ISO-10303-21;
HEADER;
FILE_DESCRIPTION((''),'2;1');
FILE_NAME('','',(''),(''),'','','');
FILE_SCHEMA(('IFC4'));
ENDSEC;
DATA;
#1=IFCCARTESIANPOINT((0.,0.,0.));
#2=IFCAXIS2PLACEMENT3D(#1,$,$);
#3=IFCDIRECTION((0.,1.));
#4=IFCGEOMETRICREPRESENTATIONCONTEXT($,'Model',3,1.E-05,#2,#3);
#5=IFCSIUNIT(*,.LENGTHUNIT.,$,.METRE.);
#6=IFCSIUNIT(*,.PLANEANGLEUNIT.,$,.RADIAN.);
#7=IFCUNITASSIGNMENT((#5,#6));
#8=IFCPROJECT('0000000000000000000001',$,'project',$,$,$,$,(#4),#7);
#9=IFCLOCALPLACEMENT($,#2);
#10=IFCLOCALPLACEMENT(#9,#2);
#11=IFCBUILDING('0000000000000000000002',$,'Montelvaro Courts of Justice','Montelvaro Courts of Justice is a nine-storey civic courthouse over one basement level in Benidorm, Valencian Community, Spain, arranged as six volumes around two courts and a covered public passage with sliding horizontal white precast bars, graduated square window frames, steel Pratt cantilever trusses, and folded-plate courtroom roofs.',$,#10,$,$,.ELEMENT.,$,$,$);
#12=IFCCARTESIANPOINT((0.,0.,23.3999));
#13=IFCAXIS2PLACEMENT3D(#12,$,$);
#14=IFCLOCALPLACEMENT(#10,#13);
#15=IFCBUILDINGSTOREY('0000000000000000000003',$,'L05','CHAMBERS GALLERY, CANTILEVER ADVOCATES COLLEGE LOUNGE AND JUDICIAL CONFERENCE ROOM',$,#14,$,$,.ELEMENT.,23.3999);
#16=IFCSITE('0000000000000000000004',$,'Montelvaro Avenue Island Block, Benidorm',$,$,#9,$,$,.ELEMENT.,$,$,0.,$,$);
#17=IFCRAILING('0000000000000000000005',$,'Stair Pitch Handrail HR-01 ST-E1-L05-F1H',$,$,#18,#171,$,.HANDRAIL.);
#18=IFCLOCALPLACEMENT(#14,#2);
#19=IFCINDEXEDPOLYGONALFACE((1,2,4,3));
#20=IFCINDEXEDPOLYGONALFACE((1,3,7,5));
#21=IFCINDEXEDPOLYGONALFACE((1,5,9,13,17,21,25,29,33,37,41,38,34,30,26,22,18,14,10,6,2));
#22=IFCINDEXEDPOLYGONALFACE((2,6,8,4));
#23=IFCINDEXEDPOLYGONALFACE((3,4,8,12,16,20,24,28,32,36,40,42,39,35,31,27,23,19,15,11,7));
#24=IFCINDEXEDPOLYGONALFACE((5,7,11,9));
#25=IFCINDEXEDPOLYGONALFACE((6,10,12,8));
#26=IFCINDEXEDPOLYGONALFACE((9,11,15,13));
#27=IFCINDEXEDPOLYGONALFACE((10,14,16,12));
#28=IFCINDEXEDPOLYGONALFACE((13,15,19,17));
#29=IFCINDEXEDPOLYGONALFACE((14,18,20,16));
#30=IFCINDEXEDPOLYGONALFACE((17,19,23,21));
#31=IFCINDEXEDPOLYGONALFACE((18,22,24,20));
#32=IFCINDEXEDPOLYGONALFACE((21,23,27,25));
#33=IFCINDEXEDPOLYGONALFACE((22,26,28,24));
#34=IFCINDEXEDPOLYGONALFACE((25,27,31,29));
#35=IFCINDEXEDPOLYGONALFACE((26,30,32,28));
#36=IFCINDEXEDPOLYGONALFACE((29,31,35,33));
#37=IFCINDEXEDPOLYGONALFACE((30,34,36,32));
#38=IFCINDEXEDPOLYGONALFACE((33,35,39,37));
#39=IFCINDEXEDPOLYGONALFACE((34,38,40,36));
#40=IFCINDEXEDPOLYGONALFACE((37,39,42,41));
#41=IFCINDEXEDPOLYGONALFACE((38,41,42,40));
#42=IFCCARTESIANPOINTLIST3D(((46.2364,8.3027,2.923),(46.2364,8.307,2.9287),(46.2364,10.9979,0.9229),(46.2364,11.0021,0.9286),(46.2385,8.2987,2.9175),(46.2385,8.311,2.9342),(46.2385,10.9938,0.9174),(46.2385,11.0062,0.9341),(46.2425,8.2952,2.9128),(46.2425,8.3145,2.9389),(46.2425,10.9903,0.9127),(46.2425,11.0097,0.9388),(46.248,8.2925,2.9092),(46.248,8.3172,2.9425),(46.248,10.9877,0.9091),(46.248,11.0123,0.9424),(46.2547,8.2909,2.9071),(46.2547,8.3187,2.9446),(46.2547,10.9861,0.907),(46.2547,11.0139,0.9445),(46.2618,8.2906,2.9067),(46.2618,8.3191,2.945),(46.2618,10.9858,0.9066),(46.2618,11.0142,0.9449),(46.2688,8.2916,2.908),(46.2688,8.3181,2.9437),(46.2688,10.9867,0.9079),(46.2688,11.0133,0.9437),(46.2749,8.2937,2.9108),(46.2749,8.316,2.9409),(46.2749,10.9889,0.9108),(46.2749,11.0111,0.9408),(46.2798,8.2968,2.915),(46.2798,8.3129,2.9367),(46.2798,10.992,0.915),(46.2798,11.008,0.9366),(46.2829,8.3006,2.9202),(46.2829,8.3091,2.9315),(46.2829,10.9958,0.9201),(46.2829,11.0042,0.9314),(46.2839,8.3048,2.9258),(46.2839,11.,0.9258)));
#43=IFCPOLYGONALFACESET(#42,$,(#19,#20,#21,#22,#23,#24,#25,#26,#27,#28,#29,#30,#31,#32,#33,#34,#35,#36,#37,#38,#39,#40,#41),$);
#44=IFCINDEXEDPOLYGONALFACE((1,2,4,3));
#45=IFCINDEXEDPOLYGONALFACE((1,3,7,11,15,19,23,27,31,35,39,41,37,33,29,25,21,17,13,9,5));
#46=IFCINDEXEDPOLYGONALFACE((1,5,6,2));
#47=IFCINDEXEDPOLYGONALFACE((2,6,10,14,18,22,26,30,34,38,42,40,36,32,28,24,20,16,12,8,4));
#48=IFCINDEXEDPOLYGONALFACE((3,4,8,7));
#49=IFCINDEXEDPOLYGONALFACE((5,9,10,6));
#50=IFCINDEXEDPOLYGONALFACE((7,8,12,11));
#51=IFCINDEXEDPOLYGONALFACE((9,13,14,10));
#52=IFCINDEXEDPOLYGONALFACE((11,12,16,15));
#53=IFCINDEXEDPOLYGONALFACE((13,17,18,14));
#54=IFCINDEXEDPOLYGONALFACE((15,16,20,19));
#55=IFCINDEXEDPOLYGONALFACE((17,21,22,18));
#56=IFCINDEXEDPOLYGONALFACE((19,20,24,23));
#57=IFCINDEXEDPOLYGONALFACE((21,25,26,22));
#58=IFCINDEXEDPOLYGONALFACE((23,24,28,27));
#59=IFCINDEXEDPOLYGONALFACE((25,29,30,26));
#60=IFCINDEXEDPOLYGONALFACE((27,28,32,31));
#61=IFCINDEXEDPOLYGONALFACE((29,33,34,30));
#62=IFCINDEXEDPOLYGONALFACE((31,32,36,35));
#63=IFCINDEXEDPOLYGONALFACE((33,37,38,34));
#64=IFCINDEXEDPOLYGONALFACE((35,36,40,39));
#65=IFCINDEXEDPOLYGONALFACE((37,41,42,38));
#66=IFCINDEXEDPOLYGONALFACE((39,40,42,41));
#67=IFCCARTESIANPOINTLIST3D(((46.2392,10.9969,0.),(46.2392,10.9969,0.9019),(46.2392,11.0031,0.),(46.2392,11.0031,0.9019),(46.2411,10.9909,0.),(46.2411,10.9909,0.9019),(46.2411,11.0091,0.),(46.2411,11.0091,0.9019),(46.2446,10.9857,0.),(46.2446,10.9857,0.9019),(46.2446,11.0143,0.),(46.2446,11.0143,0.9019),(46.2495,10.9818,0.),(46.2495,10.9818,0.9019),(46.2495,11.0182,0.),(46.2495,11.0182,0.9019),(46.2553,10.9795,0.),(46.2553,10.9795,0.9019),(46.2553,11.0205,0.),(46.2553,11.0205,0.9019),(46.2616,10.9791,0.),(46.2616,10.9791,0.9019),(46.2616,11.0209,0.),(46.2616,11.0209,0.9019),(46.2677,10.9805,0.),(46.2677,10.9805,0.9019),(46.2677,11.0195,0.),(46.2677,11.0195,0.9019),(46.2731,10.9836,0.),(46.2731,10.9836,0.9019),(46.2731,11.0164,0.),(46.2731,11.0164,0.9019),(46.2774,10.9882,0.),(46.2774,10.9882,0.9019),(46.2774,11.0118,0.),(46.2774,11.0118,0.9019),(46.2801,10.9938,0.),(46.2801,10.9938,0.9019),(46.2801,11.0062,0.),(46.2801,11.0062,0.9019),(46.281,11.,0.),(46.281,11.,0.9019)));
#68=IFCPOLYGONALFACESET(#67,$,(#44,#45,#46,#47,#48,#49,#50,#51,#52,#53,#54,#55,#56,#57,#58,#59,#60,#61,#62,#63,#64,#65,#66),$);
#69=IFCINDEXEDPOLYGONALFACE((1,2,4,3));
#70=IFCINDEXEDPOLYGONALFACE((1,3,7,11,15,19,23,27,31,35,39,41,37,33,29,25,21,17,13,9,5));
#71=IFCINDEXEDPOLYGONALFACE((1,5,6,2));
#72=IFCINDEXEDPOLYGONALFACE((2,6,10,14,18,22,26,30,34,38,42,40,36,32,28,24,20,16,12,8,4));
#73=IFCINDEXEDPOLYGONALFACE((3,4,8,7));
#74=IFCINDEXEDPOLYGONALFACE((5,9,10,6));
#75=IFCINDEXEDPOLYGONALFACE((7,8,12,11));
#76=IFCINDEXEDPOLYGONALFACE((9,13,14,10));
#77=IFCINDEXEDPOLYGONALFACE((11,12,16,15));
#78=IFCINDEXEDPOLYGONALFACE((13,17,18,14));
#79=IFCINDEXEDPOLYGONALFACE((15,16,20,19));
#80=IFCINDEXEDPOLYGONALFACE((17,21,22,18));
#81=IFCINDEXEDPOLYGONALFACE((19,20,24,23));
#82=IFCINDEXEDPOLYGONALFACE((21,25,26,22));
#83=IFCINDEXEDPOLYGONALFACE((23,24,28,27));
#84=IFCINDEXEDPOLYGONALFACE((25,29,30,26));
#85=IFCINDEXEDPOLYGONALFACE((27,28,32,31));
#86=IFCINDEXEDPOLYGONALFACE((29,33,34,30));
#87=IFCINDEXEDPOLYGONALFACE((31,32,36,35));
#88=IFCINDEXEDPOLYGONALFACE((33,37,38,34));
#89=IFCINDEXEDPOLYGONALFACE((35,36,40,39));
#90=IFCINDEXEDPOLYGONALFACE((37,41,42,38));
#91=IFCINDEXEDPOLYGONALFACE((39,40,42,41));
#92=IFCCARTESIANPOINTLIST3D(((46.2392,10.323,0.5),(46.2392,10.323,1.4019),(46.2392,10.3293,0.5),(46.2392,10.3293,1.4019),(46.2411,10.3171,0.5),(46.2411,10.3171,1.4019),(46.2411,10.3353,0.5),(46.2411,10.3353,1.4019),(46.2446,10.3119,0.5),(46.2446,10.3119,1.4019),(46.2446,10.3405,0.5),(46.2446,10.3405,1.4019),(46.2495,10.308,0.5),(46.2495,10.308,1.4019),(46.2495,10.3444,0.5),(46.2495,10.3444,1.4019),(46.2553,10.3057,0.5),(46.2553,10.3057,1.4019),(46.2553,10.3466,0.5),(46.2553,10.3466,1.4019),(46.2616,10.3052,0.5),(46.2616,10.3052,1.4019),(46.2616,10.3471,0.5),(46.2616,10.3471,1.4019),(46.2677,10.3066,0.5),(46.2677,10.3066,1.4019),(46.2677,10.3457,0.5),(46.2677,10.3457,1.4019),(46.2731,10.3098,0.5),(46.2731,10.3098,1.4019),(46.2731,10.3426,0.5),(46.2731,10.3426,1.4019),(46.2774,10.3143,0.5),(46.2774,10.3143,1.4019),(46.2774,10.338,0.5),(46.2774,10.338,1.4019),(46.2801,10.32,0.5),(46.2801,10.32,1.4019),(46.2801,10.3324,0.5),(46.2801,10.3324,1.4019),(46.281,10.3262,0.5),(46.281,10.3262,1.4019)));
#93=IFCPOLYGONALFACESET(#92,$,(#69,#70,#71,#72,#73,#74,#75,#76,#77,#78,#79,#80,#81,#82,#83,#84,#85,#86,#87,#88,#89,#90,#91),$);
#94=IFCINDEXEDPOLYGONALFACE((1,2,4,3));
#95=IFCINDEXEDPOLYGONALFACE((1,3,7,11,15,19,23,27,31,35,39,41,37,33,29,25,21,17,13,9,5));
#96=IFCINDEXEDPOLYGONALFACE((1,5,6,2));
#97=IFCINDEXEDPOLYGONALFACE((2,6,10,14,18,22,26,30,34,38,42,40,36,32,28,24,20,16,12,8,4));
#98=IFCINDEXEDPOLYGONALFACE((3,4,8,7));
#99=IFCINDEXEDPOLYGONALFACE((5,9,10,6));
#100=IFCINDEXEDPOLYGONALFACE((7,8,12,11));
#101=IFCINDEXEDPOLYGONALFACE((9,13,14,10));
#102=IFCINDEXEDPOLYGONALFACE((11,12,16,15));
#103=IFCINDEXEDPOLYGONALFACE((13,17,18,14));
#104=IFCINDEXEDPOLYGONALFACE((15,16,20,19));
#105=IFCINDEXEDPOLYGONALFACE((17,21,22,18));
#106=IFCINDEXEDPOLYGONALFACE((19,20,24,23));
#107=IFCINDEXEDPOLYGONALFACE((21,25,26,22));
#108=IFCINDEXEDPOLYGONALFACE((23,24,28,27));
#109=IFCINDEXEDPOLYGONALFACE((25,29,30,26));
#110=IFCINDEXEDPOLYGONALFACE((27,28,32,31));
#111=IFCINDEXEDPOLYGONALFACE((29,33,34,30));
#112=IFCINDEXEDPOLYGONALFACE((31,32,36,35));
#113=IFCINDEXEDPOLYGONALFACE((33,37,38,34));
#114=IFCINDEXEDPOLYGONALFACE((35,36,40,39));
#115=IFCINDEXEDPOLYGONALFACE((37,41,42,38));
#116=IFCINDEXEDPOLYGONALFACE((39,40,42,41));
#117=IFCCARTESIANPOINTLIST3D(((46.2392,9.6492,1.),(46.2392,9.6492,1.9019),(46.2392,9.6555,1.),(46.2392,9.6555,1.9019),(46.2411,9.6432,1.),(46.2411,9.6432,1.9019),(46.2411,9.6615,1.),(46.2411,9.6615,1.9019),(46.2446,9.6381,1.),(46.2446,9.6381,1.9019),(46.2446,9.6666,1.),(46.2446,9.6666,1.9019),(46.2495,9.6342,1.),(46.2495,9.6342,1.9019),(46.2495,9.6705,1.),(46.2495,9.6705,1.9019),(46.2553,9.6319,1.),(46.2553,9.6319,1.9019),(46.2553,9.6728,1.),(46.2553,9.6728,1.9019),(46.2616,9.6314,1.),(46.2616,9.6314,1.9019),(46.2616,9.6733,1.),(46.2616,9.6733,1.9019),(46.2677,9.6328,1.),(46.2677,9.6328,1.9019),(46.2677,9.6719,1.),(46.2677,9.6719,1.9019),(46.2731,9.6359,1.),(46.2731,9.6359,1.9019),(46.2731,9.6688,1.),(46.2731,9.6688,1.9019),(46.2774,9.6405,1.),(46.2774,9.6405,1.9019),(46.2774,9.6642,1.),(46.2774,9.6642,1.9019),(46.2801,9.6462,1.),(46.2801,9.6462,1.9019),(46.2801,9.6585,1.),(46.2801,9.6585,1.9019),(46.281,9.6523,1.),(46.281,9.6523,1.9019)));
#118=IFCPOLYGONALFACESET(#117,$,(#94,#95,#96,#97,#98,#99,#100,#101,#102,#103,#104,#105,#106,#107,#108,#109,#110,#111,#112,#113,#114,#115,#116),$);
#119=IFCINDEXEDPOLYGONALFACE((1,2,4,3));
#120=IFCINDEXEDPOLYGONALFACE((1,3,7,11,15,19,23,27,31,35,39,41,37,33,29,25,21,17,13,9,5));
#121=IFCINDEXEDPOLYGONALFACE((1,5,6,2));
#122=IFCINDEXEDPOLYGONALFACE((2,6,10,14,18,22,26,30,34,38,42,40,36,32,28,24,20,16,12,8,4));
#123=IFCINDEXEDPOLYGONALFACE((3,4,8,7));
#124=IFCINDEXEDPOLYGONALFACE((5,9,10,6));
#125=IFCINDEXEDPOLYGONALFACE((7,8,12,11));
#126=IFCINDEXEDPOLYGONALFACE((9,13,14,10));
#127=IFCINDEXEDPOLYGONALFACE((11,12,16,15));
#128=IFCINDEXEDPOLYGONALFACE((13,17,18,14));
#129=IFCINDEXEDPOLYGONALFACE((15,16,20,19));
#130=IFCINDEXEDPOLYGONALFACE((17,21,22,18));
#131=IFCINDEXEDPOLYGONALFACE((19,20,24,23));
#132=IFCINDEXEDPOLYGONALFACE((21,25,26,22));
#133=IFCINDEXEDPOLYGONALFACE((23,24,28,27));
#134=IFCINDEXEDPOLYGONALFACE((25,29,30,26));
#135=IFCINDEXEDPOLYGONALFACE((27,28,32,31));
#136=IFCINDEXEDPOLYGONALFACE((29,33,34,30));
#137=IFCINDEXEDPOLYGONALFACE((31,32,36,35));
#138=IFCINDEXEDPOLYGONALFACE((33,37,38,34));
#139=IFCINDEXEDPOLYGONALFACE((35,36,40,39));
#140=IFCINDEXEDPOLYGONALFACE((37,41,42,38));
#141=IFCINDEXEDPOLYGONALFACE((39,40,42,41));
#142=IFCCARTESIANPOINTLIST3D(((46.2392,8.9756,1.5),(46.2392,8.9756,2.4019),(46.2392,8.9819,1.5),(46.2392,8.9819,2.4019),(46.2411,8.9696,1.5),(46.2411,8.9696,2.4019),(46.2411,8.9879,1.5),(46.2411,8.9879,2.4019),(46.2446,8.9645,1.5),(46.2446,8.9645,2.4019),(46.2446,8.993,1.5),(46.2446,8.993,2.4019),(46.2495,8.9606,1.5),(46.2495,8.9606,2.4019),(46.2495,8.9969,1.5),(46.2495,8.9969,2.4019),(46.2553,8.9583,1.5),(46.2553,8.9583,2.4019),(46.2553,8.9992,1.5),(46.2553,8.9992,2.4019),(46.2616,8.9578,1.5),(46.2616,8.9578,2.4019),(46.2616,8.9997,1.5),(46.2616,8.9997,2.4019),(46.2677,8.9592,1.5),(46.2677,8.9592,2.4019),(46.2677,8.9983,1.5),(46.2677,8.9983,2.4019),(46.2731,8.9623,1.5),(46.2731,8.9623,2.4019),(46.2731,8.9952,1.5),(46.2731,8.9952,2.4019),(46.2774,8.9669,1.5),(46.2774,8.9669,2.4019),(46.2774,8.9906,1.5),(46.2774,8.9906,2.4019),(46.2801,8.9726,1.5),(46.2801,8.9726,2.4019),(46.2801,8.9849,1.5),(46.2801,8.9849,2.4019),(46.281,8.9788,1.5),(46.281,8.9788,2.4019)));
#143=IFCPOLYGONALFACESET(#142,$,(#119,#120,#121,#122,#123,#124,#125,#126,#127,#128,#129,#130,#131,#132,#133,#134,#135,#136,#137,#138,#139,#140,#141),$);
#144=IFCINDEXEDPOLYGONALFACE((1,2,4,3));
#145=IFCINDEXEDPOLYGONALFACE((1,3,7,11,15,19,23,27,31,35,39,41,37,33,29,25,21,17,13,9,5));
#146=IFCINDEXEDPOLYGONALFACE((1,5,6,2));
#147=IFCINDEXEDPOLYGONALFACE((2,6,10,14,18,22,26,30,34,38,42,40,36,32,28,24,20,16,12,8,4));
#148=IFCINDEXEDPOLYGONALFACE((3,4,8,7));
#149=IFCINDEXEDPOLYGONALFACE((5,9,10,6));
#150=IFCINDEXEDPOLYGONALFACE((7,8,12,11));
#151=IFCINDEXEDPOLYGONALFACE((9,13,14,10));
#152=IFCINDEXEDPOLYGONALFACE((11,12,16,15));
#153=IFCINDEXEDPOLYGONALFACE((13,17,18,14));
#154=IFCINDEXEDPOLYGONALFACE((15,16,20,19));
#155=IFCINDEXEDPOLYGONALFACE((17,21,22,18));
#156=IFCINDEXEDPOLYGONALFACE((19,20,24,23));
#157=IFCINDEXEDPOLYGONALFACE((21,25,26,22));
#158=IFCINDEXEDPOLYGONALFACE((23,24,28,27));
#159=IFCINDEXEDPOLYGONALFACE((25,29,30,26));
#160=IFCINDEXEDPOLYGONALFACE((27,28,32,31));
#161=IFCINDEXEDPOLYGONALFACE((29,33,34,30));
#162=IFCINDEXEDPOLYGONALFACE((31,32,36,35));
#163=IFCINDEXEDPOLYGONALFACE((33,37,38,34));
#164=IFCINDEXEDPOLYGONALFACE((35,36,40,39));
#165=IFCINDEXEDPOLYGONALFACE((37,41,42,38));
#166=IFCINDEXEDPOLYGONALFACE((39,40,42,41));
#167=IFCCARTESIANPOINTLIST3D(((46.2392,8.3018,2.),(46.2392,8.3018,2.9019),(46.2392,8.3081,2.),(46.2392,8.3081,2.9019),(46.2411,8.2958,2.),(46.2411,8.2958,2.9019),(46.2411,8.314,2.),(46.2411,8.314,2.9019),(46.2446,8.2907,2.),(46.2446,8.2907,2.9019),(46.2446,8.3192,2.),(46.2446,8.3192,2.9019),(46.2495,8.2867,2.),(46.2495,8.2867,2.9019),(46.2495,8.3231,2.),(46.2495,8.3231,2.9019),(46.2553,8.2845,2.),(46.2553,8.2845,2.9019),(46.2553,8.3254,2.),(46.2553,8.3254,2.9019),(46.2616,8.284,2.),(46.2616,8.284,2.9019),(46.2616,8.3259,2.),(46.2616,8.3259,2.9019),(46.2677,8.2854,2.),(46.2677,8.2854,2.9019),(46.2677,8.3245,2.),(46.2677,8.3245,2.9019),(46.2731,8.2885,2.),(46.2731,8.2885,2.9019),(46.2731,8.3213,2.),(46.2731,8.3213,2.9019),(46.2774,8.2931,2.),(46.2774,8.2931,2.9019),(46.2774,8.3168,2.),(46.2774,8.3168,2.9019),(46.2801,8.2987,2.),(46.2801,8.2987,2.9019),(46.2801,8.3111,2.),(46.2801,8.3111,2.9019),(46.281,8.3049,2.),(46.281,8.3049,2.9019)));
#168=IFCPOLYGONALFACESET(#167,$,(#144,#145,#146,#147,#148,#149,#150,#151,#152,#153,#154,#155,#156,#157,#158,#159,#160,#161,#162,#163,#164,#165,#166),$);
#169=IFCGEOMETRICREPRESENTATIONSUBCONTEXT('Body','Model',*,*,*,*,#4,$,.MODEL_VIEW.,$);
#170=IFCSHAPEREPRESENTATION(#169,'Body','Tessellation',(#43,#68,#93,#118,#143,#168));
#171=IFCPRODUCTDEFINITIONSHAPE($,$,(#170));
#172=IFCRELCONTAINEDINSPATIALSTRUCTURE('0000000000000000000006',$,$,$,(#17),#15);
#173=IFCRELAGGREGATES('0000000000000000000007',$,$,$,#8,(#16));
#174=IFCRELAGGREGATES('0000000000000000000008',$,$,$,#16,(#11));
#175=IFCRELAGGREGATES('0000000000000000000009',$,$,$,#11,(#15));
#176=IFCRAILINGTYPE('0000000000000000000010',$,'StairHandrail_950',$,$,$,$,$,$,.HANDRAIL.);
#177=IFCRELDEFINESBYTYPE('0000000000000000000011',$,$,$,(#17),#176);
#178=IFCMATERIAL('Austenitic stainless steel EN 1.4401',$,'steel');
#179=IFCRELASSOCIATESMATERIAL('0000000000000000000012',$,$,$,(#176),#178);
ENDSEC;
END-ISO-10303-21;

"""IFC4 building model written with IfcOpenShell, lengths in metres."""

from ifc_helpers import new_model, si_unit, direction, frame, origin, origin_2d, place, context, subcontext, project, spatial, circle, extrude, material, type_object, element, save


model = new_model("IFC4")

# Units and contexts
model_context = context("Model", 3, precision=1e-05, world=origin(), true_north=direction((0.0, 1.0)))
body_context = subcontext(model_context, "Body", "Model", "MODEL_VIEW")
ifc_project = project(units=[si_unit("LENGTHUNIT", "METRE"), si_unit("PLANEANGLEUNIT", "RADIAN")], contexts=[model_context])

# Site, building, storey
site_placement = place(None, origin())
site = spatial("IfcSite", under=ifc_project, at=site_placement, Name="Montelvaro Avenue Island Block, Benidorm", CompositionType="ELEMENT", RefElevation=0.0)
building_placement = place(site_placement, origin())
building = spatial("IfcBuilding", under=site, at=building_placement, Name="Montelvaro Courts of Justice", Description="Montelvaro Courts of Justice is a nine-storey civic courthouse over one basement level in Benidorm, Valencian Community, Spain, arranged as six volumes around two courts and a covered public passage with sliding horizontal white precast bars, graduated square window frames, steel Pratt cantilever trusses, and folded-plate courtroom roofs.", CompositionType="ELEMENT")
storey_placement = place(building_placement, frame((0.0, 0.0, 23.3999)))
storey = spatial("IfcBuildingStorey", under=building, at=storey_placement, Name="L05", Description="CHAMBERS GALLERY, CANTILEVER ADVOCATES COLLEGE LOUNGE AND JUDICIAL CONFERENCE ROOM", CompositionType="ELEMENT", Elevation=23.3999)

# Railing
ifc_material_1 = material(Name="Austenitic stainless steel EN 1.4401", Category="steel")
railing_type_1 = type_object("IfcRailingType", Name="StairHandrail_950", PredefinedType="HANDRAIL", material=ifc_material_1)
railing_1_placement = place(storey_placement, frame((46.26, 11.0, 0.0)))
element("IfcRailing", 1, at=railing_1_placement, inside=storey, type_object=railing_type_1, Name="Stair Pitch Handrail HR-01 ST-E1-L05-F1H", PredefinedType="HANDRAIL", context=body_context, shape_type="SweptSolid", body=[
    extrude(circle(Radius=0.0239, at=origin_2d()), frame((0.0, 0.0, 0.9258), z_axis=(0.0, -0.803036, 0.59593), x_axis=(1.0, 0.0, 0.0)), (0.0, 0.0, 1.0), 3.3562),
    extrude(circle(Radius=0.021, at=origin_2d()), origin(), (0.0, 0.0, 1.0), 0.9019),
    extrude(circle(Radius=0.021, at=origin_2d()), frame((0.0, -0.6738, 0.5)), (0.0, 0.0, 1.0), 0.9019),
    extrude(circle(Radius=0.021, at=origin_2d()), frame((0.0, -1.3477, 1.0)), (0.0, 0.0, 1.0), 0.9019),
    extrude(circle(Radius=0.021, at=origin_2d()), frame((0.0, -2.0212, 1.5)), (0.0, 0.0, 1.0), 0.9019),
    extrude(circle(Radius=0.021, at=origin_2d()), frame((0.0, -2.6951, 2.0)), (0.0, 0.0, 1.0), 0.9019),
])

save(model, "model.ifc")
